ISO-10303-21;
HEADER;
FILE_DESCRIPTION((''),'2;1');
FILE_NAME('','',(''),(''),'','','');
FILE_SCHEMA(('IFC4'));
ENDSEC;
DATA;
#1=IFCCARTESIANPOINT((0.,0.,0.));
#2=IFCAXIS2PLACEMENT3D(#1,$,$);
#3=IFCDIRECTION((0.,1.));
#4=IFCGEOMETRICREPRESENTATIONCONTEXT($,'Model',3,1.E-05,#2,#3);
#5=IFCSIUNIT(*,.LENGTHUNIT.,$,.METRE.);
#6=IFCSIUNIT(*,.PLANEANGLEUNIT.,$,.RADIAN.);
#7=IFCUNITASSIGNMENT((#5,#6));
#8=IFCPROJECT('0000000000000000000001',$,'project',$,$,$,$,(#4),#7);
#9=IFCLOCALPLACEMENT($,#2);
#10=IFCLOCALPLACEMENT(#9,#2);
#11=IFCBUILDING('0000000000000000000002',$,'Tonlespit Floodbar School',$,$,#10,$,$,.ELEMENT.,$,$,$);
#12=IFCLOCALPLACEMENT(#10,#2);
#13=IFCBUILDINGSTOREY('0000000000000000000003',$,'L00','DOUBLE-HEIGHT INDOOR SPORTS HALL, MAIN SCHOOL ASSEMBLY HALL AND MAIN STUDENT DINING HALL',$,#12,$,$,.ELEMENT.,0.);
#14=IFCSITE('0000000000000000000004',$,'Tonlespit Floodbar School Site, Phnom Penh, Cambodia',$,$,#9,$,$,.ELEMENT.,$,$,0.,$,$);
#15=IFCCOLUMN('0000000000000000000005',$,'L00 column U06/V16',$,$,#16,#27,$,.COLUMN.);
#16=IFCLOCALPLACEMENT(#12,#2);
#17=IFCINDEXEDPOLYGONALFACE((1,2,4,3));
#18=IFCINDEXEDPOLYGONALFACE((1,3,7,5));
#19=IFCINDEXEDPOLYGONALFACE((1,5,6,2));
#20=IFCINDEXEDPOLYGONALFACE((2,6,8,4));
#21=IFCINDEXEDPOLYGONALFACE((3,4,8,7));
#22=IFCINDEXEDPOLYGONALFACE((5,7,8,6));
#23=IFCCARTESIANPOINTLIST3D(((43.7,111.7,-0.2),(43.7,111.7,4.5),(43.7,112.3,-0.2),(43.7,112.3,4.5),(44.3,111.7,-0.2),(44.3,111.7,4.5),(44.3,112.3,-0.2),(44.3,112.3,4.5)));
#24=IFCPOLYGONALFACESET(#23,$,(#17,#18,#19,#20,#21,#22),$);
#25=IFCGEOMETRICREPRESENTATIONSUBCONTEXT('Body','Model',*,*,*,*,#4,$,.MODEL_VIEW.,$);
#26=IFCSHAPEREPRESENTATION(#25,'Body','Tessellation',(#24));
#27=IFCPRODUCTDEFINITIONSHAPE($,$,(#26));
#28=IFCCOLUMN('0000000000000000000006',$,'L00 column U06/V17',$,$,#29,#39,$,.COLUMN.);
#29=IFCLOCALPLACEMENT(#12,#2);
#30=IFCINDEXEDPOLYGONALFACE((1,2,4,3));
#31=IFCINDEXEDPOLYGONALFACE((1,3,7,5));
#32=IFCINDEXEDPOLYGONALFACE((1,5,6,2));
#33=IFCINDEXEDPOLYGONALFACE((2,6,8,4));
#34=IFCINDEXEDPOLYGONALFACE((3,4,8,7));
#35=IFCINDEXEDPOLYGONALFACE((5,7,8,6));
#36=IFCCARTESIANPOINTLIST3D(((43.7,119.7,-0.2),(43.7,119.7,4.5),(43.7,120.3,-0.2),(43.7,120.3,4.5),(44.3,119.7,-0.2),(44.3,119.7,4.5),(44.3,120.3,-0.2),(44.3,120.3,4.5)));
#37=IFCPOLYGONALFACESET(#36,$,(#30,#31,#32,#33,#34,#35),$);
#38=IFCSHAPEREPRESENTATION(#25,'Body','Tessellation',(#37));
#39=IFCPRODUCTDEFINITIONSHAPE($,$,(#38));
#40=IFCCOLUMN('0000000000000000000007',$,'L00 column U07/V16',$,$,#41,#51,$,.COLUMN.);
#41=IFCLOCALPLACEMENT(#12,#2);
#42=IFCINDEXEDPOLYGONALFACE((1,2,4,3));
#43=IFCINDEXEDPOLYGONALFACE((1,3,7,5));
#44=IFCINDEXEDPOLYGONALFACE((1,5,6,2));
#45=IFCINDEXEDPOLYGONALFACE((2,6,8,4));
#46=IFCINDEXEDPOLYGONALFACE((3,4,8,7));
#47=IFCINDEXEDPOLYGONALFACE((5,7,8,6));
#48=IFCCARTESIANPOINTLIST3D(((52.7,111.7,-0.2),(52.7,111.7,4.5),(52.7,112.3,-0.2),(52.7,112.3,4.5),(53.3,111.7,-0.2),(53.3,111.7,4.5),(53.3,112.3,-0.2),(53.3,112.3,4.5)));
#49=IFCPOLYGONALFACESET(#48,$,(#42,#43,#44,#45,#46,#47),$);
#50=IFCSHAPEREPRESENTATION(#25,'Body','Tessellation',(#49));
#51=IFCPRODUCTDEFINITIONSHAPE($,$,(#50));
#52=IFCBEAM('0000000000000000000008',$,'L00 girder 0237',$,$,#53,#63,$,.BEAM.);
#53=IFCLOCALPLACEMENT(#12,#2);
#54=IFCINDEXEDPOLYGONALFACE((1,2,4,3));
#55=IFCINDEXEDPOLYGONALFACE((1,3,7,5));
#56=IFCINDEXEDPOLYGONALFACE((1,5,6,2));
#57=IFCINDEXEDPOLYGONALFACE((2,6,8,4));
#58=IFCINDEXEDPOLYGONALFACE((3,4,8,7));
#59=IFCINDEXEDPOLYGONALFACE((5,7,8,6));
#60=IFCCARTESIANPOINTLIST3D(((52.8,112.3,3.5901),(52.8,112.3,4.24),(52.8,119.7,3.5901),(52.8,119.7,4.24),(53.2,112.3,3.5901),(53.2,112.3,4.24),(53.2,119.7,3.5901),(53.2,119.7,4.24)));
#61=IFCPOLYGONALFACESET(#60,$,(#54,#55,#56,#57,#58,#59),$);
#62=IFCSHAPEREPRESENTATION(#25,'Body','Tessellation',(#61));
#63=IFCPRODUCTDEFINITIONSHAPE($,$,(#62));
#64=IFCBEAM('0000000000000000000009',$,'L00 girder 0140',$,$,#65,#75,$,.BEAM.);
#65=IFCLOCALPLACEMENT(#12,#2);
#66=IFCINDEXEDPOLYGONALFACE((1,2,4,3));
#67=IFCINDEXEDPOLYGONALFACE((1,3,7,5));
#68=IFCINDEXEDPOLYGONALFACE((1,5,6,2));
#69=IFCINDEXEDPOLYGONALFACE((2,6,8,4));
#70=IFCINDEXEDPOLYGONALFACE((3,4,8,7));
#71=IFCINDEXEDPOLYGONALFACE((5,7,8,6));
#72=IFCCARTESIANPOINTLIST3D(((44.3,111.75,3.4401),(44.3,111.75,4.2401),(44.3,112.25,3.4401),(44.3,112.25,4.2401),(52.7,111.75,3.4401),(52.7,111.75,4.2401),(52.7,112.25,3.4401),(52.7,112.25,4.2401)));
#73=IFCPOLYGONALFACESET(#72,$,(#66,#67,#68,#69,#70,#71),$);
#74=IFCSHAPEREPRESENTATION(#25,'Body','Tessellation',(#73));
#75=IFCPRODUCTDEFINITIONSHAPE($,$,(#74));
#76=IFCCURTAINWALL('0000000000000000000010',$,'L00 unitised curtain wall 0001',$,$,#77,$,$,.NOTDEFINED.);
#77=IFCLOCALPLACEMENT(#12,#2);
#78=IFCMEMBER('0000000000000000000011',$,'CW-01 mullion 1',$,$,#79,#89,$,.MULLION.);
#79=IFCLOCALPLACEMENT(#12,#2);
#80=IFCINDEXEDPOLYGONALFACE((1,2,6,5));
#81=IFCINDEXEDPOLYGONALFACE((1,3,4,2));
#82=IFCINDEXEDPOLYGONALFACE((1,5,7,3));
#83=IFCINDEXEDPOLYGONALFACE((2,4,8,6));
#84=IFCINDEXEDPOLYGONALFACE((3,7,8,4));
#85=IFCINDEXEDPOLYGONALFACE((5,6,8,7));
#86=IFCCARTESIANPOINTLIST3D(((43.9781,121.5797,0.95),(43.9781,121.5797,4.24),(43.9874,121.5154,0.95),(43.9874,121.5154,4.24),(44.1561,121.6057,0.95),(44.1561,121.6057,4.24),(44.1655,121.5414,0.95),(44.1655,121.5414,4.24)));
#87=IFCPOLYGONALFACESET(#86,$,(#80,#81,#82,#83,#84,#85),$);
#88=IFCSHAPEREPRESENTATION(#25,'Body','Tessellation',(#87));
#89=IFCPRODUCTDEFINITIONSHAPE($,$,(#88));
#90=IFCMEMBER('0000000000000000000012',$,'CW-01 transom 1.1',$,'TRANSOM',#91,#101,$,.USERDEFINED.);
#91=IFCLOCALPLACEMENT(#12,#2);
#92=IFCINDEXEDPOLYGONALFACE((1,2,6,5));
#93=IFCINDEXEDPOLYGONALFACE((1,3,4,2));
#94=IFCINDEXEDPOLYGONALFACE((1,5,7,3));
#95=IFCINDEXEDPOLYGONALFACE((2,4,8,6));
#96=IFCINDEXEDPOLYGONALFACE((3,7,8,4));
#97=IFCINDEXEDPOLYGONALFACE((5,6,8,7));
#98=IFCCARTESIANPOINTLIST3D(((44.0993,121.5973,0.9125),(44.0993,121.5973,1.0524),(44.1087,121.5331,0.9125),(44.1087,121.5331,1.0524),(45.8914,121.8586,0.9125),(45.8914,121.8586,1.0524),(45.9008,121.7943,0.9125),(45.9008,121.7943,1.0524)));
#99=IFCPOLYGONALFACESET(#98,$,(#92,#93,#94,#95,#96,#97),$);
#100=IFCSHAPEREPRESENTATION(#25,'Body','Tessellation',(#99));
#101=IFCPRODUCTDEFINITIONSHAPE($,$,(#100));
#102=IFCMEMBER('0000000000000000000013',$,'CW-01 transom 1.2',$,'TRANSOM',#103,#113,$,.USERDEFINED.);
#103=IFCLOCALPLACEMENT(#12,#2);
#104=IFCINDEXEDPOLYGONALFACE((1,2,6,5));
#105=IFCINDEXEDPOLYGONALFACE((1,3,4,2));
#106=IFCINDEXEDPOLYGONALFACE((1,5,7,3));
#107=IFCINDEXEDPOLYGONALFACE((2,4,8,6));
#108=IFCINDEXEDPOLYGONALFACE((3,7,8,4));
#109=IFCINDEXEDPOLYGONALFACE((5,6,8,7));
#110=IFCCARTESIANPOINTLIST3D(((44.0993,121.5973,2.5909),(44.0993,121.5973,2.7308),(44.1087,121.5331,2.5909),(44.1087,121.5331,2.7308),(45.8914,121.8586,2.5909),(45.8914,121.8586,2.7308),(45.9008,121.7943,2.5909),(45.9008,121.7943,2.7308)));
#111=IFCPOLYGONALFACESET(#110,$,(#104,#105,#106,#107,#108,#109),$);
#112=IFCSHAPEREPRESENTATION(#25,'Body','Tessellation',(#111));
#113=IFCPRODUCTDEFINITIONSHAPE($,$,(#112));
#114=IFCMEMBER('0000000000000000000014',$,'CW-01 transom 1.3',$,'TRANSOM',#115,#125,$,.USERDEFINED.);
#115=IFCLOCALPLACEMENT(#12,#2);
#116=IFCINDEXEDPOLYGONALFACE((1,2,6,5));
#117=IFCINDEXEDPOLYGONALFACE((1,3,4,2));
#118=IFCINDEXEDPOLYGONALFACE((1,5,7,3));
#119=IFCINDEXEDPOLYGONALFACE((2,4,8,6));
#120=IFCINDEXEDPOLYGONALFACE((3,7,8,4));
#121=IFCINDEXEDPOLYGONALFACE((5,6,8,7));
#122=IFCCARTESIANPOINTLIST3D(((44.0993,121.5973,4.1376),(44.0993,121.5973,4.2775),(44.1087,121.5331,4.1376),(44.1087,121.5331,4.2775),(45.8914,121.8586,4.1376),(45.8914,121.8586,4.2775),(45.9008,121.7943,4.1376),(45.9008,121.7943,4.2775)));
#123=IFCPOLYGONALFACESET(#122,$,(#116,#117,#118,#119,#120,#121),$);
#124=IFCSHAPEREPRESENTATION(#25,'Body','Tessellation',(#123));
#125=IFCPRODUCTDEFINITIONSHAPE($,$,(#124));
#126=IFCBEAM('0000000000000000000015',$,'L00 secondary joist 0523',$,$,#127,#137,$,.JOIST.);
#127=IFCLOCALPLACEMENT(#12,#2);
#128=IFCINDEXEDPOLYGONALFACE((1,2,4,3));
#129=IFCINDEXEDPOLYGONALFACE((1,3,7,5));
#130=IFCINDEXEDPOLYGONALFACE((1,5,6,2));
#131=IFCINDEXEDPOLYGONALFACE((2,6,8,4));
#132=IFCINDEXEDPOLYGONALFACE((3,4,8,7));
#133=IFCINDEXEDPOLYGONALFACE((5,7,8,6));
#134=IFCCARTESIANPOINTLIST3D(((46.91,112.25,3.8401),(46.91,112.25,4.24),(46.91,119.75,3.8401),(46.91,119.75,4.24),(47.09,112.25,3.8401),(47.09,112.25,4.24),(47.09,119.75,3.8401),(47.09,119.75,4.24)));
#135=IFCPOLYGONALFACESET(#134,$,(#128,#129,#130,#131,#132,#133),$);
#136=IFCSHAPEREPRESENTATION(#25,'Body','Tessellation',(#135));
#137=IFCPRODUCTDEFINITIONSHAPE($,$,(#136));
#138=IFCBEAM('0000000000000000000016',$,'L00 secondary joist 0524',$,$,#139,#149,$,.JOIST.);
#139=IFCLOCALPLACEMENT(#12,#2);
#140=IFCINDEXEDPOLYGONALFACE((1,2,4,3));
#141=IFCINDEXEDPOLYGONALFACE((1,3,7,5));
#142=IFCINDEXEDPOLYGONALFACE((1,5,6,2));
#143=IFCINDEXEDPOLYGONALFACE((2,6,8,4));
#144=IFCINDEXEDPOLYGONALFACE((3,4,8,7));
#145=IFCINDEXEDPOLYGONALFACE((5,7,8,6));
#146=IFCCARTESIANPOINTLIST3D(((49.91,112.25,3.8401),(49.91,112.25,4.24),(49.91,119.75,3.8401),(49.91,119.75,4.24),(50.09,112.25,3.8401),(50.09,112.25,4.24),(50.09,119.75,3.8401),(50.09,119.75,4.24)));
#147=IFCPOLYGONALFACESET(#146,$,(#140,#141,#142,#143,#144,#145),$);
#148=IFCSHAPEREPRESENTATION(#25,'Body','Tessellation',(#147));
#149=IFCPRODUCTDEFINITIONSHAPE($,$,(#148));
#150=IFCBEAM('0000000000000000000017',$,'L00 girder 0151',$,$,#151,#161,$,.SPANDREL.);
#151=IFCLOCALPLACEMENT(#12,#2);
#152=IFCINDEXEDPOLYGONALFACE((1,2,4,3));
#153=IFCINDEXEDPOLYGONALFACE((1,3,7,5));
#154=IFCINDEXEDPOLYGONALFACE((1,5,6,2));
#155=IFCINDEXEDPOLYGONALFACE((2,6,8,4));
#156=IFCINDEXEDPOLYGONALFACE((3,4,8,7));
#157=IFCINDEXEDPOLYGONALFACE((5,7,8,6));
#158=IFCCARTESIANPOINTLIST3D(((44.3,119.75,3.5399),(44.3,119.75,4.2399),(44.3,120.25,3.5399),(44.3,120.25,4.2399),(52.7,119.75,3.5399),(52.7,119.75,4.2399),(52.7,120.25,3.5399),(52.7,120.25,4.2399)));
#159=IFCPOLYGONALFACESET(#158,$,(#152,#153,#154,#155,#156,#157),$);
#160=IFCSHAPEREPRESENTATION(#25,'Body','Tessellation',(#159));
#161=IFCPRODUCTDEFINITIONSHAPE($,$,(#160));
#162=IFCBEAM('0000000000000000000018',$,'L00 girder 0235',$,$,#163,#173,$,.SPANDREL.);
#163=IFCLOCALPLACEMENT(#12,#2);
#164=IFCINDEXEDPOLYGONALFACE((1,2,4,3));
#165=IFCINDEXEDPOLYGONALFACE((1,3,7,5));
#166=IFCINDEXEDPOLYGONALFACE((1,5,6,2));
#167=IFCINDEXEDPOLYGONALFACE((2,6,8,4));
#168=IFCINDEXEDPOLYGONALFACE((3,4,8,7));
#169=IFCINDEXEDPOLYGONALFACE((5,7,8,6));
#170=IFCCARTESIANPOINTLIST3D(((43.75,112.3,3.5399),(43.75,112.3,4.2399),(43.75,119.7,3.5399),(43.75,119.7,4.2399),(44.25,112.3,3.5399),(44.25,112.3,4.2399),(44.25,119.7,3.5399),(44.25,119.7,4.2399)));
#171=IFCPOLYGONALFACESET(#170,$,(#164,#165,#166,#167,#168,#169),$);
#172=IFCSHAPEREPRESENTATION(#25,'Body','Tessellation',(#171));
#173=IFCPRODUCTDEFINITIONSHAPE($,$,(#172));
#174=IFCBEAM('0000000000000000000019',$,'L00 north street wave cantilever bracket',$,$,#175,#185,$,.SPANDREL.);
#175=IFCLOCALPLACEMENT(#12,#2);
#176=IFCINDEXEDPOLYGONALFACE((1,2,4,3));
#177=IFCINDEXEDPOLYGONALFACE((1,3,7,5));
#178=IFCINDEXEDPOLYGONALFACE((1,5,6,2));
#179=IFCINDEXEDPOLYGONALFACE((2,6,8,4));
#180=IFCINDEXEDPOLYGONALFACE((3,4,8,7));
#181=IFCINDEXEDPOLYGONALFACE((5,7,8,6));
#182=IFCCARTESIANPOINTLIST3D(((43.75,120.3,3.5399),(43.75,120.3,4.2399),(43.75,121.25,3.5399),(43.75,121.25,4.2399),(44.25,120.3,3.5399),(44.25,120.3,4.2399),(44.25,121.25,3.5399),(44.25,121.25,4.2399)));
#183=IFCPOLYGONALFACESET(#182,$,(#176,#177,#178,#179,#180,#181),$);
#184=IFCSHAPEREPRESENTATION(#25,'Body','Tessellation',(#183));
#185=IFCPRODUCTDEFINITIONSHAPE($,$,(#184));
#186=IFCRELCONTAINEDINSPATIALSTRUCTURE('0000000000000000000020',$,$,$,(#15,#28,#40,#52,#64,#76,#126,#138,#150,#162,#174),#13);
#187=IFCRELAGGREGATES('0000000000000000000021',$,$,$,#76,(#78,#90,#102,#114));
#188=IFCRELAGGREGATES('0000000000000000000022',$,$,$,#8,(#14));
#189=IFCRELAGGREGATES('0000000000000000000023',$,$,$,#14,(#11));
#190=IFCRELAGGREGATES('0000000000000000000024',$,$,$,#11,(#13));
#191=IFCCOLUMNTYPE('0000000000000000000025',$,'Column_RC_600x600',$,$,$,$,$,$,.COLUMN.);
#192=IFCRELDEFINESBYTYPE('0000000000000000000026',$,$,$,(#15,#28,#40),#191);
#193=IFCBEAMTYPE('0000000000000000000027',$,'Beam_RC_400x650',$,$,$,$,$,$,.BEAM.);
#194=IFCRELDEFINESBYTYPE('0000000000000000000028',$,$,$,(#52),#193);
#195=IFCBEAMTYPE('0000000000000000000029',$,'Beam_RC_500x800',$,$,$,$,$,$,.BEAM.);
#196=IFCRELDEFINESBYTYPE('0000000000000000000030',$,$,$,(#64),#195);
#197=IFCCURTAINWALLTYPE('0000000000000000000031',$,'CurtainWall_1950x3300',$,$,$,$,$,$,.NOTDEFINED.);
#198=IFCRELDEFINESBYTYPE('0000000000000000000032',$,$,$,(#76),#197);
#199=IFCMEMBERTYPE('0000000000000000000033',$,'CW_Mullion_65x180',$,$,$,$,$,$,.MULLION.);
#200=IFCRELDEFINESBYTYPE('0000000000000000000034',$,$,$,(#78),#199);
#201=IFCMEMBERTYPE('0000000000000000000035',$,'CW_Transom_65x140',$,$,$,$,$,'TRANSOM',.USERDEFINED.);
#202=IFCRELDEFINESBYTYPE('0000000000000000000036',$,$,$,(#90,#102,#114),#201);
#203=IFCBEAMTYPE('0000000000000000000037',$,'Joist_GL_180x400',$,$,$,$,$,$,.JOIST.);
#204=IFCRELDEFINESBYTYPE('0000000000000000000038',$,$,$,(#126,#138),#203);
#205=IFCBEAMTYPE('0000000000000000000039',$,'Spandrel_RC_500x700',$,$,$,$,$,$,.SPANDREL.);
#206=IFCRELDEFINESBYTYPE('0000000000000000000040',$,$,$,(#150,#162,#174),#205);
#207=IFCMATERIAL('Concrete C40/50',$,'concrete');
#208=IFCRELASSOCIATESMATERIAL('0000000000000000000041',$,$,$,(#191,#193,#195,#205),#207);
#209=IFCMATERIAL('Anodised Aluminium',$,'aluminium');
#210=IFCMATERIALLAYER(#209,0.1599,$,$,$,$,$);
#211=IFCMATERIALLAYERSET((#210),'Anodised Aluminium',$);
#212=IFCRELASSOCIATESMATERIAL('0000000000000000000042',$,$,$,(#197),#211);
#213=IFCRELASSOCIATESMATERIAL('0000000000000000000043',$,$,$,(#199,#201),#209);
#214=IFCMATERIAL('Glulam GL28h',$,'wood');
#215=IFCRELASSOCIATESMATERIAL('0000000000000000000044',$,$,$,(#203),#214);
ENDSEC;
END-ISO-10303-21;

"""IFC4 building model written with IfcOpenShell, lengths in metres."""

from ifc_helpers import new_model, si_unit, direction, frame, origin, origin_2d, place, context, subcontext, project, spatial, rectangle, extrude, material, layer, layer_set, material_profile, profile_set, type_object, element, aggregate, save


model = new_model("IFC4")

# Units and contexts
model_context = context("Model", 3, precision=1e-05, world=origin(), true_north=direction((0.0, 1.0)))
body_context = subcontext(model_context, "Body", "Model", "MODEL_VIEW")
ifc_project = project(units=[si_unit("LENGTHUNIT", "METRE"), si_unit("PLANEANGLEUNIT", "RADIAN")], contexts=[model_context])

# Site, building, storey
site_placement = place(None, origin())
site = spatial("IfcSite", under=ifc_project, at=site_placement, Name="Tonlespit Floodbar School Site, Phnom Penh, Cambodia", CompositionType="ELEMENT", RefElevation=0.0)
building_placement = place(site_placement, origin())
building = spatial("IfcBuilding", under=site, at=building_placement, Name="Tonlespit Floodbar School", CompositionType="ELEMENT")
storey_placement = place(building_placement, origin())
storey = spatial("IfcBuildingStorey", under=building, at=storey_placement, Name="L00", Description="DOUBLE-HEIGHT INDOOR SPORTS HALL, MAIN SCHOOL ASSEMBLY HALL AND MAIN STUDENT DINING HALL", CompositionType="ELEMENT", Elevation=0.0)

# Shared definitions
ifc_material_1 = material(Name="Concrete C40/50", Category="concrete")

# Columns
ifc_material_profile_1 = material_profile(ifc_material_1, rectangle(XDim=0.6001, YDim=0.6001, at=origin_2d()), Name="RC 600x600")
ifc_profile_set_1 = profile_set([ifc_material_profile_1], Name="Concrete C40/50")
column_type = type_object("IfcColumnType", Name="Column_RC_600x600", PredefinedType="COLUMN", material=ifc_profile_set_1)
for number, where, z_axis, x_axis, name in (
    (1, (44.0, 112.0, -0.2), (0.0, 0.0, 1.0), (1.0, 0.0, 0.0), "L00 column U06/V16"),
    (2, (44.0, 120.0, -0.2), (0.0, 0.0, 1.0), (1.0, 0.0, 0.0), "L00 column U06/V17"),
    (3, (53.0, 112.0, -0.2), (0.0, 0.0, 1.0), (1.0, 0.0, 0.0), "L00 column U07/V16"),
):
    element("IfcColumn", number, at=place(storey_placement, frame(where, z_axis=z_axis, x_axis=x_axis)), inside=storey, type_object=column_type, Name=name, PredefinedType="COLUMN", context=body_context, shape_type="SweptSolid", body=[
        extrude(rectangle(XDim=0.6001, YDim=0.6001, at=origin_2d()), origin(), (0.0, 0.0, 1.0), 4.7),
    ])

# Beams
ifc_material_profile_2 = material_profile(ifc_material_1, rectangle(XDim=0.3999, YDim=0.6499, at=origin_2d()), Name="RC 400x650")
ifc_profile_set_2 = profile_set([ifc_material_profile_2], Name="Concrete C40/50")
beam_type_1 = type_object("IfcBeamType", Name="Beam_RC_400x650", PredefinedType="BEAM", material=ifc_profile_set_2)
beam_1_placement = place(storey_placement, frame((53.0, 112.3, 3.915), z_axis=(0.0, 1.0, 0.0), x_axis=(-1.0, 0.0, 0.0)))
element("IfcBeam", 4, at=beam_1_placement, inside=storey, type_object=beam_type_1, Name="L00 girder 0237", PredefinedType="BEAM", context=body_context, shape_type="SweptSolid", body=[
    extrude(rectangle(XDim=0.3999, YDim=0.6499, at=origin_2d()), origin(), (0.0, 0.0, 1.0), 7.3999),
])
ifc_material_profile_3 = material_profile(ifc_material_1, rectangle(XDim=0.5, YDim=0.8, at=origin_2d()), Name="RC 500x800")
ifc_profile_set_3 = profile_set([ifc_material_profile_3], Name="Concrete C40/50")
beam_type_2 = type_object("IfcBeamType", Name="Beam_RC_500x800", PredefinedType="BEAM", material=ifc_profile_set_3)
beam_2_placement = place(storey_placement, frame((44.3, 112.0, 3.8401), z_axis=(1.0, 0.0, 0.0), x_axis=(0.0, 1.0, 0.0)))
element("IfcBeam", 5, at=beam_2_placement, inside=storey, type_object=beam_type_2, Name="L00 girder 0140", PredefinedType="BEAM", context=body_context, shape_type="SweptSolid", body=[
    extrude(rectangle(XDim=0.5, YDim=0.8, at=origin_2d()), origin(), (0.0, 0.0, 1.0), 8.3999),
])

# Curtain wall, members
ifc_material_2 = material(Name="Anodised Aluminium", Category="aluminium")
ifc_layer_1 = layer(ifc_material_2, 0.1599)
ifc_layer_set_1 = layer_set([ifc_layer_1], Name="Anodised Aluminium")
curtain_wall_type = type_object("IfcCurtainWallType", Name="CurtainWall_1950x3300", PredefinedType="NOTDEFINED", material=ifc_layer_set_1)
curtain_wall_placement = place(storey_placement, origin())
curtain_wall = element("IfcCurtainWall", 6, at=curtain_wall_placement, inside=storey, type_object=curtain_wall_type, Name="L00 unitised curtain wall 0001", PredefinedType="NOTDEFINED")
ifc_material_profile_4 = material_profile(ifc_material_2, rectangle(XDim=0.0649, YDim=0.1799, at=origin_2d()), Name="ALU M65x180")
ifc_profile_set_4 = profile_set([ifc_material_profile_4], Name="Anodised Aluminium")
member_type_1 = type_object("IfcMemberType", Name="CW_Mullion_65x180", PredefinedType="MULLION", material=ifc_profile_set_4)
member_1_placement = place(storey_placement, frame((44.0718, 121.5605, 0.95), z_axis=(0.0, 0.0, 1.0), x_axis=(-0.144248, 0.989542, 0.0)))
member_1 = element("IfcMember", 7, at=member_1_placement, type_object=member_type_1, Name="CW-01 mullion 1", PredefinedType="MULLION", context=body_context, shape_type="SweptSolid", body=[
    extrude(rectangle(XDim=0.0649, YDim=0.1799, at=origin_2d()), origin(), (0.0, 0.0, 1.0), 3.29),
])
ifc_material_profile_5 = material_profile(ifc_material_2, rectangle(XDim=0.0649, YDim=0.1399, at=origin_2d()), Name="ALU T65x140")
ifc_profile_set_5 = profile_set([ifc_material_profile_5], Name="Anodised Aluminium")
member_type_2 = type_object("IfcMemberType", Name="CW_Transom_65x140", ElementType="TRANSOM", PredefinedType="USERDEFINED", material=ifc_profile_set_5)
member_2_placement = place(storey_placement, frame((44.104, 121.5652, 0.9824), z_axis=(0.989541, 0.144252, 0.0), x_axis=(-0.144252, 0.989541, 0.0)))
member_2 = element("IfcMember", 8, at=member_2_placement, type_object=member_type_2, Name="CW-01 transom 1.1", ObjectType="TRANSOM", PredefinedType="USERDEFINED", context=body_context, shape_type="SweptSolid", body=[
    extrude(rectangle(XDim=0.0649, YDim=0.1399, at=origin_2d()), origin(), (0.0, 0.0, 1.0), 1.811),
])
member_3_placement = place(storey_placement, frame((44.104, 121.5652, 2.6609), z_axis=(0.989541, 0.144252, 0.0), x_axis=(-0.144252, 0.989541, 0.0)))
member_3 = element("IfcMember", 9, at=member_3_placement, type_object=member_type_2, Name="CW-01 transom 1.2", ObjectType="TRANSOM", PredefinedType="USERDEFINED", context=body_context, shape_type="SweptSolid", body=[
    extrude(rectangle(XDim=0.0649, YDim=0.1399, at=origin_2d()), origin(), (0.0, 0.0, 1.0), 1.811),
])
member_4_placement = place(storey_placement, frame((44.104, 121.5652, 4.2075), z_axis=(0.989541, 0.144252, 0.0), x_axis=(-0.144252, 0.989541, 0.0)))
member_4 = element("IfcMember", 10, at=member_4_placement, type_object=member_type_2, Name="CW-01 transom 1.3", ObjectType="TRANSOM", PredefinedType="USERDEFINED", context=body_context, shape_type="SweptSolid", body=[
    extrude(rectangle(XDim=0.0649, YDim=0.1399, at=origin_2d()), origin(), (0.0, 0.0, 1.0), 1.811),
])

# Beams
ifc_material_3 = material(Name="Glulam GL28h", Category="wood")
ifc_material_profile_6 = material_profile(ifc_material_3, rectangle(XDim=0.1799, YDim=0.3999, at=origin_2d()), Name="GL 180x400")
ifc_profile_set_6 = profile_set([ifc_material_profile_6], Name="Glulam GL28h")
beam_type_3 = type_object("IfcBeamType", Name="Joist_GL_180x400", PredefinedType="JOIST", material=ifc_profile_set_6)
for number, where, z_axis, x_axis, name in (
    (11, (47.0, 112.25, 4.04), (0.0, 1.0, 0.0), (-1.0, 0.0, 0.0), "L00 secondary joist 0523"),
    (12, (50.0, 112.25, 4.04), (0.0, 1.0, 0.0), (-1.0, 0.0, 0.0), "L00 secondary joist 0524"),
):
    element("IfcBeam", number, at=place(storey_placement, frame(where, z_axis=z_axis, x_axis=x_axis)), inside=storey, type_object=beam_type_3, Name=name, PredefinedType="JOIST", context=body_context, shape_type="SweptSolid", body=[
        extrude(rectangle(XDim=0.1799, YDim=0.3999, at=origin_2d()), origin(), (0.0, 0.0, 1.0), 7.5),
    ])
ifc_material_profile_7 = material_profile(ifc_material_1, rectangle(XDim=0.5, YDim=0.7, at=origin_2d()), Name="RC 500x700")
ifc_profile_set_7 = profile_set([ifc_material_profile_7], Name="Concrete C40/50")
beam_type_4 = type_object("IfcBeamType", Name="Spandrel_RC_500x700", PredefinedType="SPANDREL", material=ifc_profile_set_7)
beam_3_placement = place(storey_placement, frame((44.3, 120.0, 3.8899), z_axis=(1.0, 0.0, 0.0), x_axis=(0.0, 1.0, 0.0)))
element("IfcBeam", 13, at=beam_3_placement, inside=storey, type_object=beam_type_4, Name="L00 girder 0151", PredefinedType="SPANDREL", context=body_context, shape_type="SweptSolid", body=[
    extrude(rectangle(XDim=0.5, YDim=0.7, at=origin_2d()), origin(), (0.0, 0.0, 1.0), 8.3999),
])
beam_4_placement = place(storey_placement, frame((44.0, 112.3, 3.8899), z_axis=(0.0, 1.0, 0.0), x_axis=(-1.0, 0.0, 0.0)))
element("IfcBeam", 14, at=beam_4_placement, inside=storey, type_object=beam_type_4, Name="L00 girder 0235", PredefinedType="SPANDREL", context=body_context, shape_type="SweptSolid", body=[
    extrude(rectangle(XDim=0.5, YDim=0.7, at=origin_2d()), origin(), (0.0, 0.0, 1.0), 7.3999),
])
beam_5_placement = place(storey_placement, frame((44.0, 120.3, 3.8899), z_axis=(0.0, 1.0, 0.0), x_axis=(-1.0, 0.0, 0.0)))
element("IfcBeam", 15, at=beam_5_placement, inside=storey, type_object=beam_type_4, Name="L00 north street wave cantilever bracket", PredefinedType="SPANDREL", context=body_context, shape_type="SweptSolid", body=[
    extrude(rectangle(XDim=0.5, YDim=0.7, at=origin_2d()), origin(), (0.0, 0.0, 1.0), 0.95),
])

aggregate(curtain_wall, [member_1, member_2, member_3, member_4])

save(model, "model.ifc")
